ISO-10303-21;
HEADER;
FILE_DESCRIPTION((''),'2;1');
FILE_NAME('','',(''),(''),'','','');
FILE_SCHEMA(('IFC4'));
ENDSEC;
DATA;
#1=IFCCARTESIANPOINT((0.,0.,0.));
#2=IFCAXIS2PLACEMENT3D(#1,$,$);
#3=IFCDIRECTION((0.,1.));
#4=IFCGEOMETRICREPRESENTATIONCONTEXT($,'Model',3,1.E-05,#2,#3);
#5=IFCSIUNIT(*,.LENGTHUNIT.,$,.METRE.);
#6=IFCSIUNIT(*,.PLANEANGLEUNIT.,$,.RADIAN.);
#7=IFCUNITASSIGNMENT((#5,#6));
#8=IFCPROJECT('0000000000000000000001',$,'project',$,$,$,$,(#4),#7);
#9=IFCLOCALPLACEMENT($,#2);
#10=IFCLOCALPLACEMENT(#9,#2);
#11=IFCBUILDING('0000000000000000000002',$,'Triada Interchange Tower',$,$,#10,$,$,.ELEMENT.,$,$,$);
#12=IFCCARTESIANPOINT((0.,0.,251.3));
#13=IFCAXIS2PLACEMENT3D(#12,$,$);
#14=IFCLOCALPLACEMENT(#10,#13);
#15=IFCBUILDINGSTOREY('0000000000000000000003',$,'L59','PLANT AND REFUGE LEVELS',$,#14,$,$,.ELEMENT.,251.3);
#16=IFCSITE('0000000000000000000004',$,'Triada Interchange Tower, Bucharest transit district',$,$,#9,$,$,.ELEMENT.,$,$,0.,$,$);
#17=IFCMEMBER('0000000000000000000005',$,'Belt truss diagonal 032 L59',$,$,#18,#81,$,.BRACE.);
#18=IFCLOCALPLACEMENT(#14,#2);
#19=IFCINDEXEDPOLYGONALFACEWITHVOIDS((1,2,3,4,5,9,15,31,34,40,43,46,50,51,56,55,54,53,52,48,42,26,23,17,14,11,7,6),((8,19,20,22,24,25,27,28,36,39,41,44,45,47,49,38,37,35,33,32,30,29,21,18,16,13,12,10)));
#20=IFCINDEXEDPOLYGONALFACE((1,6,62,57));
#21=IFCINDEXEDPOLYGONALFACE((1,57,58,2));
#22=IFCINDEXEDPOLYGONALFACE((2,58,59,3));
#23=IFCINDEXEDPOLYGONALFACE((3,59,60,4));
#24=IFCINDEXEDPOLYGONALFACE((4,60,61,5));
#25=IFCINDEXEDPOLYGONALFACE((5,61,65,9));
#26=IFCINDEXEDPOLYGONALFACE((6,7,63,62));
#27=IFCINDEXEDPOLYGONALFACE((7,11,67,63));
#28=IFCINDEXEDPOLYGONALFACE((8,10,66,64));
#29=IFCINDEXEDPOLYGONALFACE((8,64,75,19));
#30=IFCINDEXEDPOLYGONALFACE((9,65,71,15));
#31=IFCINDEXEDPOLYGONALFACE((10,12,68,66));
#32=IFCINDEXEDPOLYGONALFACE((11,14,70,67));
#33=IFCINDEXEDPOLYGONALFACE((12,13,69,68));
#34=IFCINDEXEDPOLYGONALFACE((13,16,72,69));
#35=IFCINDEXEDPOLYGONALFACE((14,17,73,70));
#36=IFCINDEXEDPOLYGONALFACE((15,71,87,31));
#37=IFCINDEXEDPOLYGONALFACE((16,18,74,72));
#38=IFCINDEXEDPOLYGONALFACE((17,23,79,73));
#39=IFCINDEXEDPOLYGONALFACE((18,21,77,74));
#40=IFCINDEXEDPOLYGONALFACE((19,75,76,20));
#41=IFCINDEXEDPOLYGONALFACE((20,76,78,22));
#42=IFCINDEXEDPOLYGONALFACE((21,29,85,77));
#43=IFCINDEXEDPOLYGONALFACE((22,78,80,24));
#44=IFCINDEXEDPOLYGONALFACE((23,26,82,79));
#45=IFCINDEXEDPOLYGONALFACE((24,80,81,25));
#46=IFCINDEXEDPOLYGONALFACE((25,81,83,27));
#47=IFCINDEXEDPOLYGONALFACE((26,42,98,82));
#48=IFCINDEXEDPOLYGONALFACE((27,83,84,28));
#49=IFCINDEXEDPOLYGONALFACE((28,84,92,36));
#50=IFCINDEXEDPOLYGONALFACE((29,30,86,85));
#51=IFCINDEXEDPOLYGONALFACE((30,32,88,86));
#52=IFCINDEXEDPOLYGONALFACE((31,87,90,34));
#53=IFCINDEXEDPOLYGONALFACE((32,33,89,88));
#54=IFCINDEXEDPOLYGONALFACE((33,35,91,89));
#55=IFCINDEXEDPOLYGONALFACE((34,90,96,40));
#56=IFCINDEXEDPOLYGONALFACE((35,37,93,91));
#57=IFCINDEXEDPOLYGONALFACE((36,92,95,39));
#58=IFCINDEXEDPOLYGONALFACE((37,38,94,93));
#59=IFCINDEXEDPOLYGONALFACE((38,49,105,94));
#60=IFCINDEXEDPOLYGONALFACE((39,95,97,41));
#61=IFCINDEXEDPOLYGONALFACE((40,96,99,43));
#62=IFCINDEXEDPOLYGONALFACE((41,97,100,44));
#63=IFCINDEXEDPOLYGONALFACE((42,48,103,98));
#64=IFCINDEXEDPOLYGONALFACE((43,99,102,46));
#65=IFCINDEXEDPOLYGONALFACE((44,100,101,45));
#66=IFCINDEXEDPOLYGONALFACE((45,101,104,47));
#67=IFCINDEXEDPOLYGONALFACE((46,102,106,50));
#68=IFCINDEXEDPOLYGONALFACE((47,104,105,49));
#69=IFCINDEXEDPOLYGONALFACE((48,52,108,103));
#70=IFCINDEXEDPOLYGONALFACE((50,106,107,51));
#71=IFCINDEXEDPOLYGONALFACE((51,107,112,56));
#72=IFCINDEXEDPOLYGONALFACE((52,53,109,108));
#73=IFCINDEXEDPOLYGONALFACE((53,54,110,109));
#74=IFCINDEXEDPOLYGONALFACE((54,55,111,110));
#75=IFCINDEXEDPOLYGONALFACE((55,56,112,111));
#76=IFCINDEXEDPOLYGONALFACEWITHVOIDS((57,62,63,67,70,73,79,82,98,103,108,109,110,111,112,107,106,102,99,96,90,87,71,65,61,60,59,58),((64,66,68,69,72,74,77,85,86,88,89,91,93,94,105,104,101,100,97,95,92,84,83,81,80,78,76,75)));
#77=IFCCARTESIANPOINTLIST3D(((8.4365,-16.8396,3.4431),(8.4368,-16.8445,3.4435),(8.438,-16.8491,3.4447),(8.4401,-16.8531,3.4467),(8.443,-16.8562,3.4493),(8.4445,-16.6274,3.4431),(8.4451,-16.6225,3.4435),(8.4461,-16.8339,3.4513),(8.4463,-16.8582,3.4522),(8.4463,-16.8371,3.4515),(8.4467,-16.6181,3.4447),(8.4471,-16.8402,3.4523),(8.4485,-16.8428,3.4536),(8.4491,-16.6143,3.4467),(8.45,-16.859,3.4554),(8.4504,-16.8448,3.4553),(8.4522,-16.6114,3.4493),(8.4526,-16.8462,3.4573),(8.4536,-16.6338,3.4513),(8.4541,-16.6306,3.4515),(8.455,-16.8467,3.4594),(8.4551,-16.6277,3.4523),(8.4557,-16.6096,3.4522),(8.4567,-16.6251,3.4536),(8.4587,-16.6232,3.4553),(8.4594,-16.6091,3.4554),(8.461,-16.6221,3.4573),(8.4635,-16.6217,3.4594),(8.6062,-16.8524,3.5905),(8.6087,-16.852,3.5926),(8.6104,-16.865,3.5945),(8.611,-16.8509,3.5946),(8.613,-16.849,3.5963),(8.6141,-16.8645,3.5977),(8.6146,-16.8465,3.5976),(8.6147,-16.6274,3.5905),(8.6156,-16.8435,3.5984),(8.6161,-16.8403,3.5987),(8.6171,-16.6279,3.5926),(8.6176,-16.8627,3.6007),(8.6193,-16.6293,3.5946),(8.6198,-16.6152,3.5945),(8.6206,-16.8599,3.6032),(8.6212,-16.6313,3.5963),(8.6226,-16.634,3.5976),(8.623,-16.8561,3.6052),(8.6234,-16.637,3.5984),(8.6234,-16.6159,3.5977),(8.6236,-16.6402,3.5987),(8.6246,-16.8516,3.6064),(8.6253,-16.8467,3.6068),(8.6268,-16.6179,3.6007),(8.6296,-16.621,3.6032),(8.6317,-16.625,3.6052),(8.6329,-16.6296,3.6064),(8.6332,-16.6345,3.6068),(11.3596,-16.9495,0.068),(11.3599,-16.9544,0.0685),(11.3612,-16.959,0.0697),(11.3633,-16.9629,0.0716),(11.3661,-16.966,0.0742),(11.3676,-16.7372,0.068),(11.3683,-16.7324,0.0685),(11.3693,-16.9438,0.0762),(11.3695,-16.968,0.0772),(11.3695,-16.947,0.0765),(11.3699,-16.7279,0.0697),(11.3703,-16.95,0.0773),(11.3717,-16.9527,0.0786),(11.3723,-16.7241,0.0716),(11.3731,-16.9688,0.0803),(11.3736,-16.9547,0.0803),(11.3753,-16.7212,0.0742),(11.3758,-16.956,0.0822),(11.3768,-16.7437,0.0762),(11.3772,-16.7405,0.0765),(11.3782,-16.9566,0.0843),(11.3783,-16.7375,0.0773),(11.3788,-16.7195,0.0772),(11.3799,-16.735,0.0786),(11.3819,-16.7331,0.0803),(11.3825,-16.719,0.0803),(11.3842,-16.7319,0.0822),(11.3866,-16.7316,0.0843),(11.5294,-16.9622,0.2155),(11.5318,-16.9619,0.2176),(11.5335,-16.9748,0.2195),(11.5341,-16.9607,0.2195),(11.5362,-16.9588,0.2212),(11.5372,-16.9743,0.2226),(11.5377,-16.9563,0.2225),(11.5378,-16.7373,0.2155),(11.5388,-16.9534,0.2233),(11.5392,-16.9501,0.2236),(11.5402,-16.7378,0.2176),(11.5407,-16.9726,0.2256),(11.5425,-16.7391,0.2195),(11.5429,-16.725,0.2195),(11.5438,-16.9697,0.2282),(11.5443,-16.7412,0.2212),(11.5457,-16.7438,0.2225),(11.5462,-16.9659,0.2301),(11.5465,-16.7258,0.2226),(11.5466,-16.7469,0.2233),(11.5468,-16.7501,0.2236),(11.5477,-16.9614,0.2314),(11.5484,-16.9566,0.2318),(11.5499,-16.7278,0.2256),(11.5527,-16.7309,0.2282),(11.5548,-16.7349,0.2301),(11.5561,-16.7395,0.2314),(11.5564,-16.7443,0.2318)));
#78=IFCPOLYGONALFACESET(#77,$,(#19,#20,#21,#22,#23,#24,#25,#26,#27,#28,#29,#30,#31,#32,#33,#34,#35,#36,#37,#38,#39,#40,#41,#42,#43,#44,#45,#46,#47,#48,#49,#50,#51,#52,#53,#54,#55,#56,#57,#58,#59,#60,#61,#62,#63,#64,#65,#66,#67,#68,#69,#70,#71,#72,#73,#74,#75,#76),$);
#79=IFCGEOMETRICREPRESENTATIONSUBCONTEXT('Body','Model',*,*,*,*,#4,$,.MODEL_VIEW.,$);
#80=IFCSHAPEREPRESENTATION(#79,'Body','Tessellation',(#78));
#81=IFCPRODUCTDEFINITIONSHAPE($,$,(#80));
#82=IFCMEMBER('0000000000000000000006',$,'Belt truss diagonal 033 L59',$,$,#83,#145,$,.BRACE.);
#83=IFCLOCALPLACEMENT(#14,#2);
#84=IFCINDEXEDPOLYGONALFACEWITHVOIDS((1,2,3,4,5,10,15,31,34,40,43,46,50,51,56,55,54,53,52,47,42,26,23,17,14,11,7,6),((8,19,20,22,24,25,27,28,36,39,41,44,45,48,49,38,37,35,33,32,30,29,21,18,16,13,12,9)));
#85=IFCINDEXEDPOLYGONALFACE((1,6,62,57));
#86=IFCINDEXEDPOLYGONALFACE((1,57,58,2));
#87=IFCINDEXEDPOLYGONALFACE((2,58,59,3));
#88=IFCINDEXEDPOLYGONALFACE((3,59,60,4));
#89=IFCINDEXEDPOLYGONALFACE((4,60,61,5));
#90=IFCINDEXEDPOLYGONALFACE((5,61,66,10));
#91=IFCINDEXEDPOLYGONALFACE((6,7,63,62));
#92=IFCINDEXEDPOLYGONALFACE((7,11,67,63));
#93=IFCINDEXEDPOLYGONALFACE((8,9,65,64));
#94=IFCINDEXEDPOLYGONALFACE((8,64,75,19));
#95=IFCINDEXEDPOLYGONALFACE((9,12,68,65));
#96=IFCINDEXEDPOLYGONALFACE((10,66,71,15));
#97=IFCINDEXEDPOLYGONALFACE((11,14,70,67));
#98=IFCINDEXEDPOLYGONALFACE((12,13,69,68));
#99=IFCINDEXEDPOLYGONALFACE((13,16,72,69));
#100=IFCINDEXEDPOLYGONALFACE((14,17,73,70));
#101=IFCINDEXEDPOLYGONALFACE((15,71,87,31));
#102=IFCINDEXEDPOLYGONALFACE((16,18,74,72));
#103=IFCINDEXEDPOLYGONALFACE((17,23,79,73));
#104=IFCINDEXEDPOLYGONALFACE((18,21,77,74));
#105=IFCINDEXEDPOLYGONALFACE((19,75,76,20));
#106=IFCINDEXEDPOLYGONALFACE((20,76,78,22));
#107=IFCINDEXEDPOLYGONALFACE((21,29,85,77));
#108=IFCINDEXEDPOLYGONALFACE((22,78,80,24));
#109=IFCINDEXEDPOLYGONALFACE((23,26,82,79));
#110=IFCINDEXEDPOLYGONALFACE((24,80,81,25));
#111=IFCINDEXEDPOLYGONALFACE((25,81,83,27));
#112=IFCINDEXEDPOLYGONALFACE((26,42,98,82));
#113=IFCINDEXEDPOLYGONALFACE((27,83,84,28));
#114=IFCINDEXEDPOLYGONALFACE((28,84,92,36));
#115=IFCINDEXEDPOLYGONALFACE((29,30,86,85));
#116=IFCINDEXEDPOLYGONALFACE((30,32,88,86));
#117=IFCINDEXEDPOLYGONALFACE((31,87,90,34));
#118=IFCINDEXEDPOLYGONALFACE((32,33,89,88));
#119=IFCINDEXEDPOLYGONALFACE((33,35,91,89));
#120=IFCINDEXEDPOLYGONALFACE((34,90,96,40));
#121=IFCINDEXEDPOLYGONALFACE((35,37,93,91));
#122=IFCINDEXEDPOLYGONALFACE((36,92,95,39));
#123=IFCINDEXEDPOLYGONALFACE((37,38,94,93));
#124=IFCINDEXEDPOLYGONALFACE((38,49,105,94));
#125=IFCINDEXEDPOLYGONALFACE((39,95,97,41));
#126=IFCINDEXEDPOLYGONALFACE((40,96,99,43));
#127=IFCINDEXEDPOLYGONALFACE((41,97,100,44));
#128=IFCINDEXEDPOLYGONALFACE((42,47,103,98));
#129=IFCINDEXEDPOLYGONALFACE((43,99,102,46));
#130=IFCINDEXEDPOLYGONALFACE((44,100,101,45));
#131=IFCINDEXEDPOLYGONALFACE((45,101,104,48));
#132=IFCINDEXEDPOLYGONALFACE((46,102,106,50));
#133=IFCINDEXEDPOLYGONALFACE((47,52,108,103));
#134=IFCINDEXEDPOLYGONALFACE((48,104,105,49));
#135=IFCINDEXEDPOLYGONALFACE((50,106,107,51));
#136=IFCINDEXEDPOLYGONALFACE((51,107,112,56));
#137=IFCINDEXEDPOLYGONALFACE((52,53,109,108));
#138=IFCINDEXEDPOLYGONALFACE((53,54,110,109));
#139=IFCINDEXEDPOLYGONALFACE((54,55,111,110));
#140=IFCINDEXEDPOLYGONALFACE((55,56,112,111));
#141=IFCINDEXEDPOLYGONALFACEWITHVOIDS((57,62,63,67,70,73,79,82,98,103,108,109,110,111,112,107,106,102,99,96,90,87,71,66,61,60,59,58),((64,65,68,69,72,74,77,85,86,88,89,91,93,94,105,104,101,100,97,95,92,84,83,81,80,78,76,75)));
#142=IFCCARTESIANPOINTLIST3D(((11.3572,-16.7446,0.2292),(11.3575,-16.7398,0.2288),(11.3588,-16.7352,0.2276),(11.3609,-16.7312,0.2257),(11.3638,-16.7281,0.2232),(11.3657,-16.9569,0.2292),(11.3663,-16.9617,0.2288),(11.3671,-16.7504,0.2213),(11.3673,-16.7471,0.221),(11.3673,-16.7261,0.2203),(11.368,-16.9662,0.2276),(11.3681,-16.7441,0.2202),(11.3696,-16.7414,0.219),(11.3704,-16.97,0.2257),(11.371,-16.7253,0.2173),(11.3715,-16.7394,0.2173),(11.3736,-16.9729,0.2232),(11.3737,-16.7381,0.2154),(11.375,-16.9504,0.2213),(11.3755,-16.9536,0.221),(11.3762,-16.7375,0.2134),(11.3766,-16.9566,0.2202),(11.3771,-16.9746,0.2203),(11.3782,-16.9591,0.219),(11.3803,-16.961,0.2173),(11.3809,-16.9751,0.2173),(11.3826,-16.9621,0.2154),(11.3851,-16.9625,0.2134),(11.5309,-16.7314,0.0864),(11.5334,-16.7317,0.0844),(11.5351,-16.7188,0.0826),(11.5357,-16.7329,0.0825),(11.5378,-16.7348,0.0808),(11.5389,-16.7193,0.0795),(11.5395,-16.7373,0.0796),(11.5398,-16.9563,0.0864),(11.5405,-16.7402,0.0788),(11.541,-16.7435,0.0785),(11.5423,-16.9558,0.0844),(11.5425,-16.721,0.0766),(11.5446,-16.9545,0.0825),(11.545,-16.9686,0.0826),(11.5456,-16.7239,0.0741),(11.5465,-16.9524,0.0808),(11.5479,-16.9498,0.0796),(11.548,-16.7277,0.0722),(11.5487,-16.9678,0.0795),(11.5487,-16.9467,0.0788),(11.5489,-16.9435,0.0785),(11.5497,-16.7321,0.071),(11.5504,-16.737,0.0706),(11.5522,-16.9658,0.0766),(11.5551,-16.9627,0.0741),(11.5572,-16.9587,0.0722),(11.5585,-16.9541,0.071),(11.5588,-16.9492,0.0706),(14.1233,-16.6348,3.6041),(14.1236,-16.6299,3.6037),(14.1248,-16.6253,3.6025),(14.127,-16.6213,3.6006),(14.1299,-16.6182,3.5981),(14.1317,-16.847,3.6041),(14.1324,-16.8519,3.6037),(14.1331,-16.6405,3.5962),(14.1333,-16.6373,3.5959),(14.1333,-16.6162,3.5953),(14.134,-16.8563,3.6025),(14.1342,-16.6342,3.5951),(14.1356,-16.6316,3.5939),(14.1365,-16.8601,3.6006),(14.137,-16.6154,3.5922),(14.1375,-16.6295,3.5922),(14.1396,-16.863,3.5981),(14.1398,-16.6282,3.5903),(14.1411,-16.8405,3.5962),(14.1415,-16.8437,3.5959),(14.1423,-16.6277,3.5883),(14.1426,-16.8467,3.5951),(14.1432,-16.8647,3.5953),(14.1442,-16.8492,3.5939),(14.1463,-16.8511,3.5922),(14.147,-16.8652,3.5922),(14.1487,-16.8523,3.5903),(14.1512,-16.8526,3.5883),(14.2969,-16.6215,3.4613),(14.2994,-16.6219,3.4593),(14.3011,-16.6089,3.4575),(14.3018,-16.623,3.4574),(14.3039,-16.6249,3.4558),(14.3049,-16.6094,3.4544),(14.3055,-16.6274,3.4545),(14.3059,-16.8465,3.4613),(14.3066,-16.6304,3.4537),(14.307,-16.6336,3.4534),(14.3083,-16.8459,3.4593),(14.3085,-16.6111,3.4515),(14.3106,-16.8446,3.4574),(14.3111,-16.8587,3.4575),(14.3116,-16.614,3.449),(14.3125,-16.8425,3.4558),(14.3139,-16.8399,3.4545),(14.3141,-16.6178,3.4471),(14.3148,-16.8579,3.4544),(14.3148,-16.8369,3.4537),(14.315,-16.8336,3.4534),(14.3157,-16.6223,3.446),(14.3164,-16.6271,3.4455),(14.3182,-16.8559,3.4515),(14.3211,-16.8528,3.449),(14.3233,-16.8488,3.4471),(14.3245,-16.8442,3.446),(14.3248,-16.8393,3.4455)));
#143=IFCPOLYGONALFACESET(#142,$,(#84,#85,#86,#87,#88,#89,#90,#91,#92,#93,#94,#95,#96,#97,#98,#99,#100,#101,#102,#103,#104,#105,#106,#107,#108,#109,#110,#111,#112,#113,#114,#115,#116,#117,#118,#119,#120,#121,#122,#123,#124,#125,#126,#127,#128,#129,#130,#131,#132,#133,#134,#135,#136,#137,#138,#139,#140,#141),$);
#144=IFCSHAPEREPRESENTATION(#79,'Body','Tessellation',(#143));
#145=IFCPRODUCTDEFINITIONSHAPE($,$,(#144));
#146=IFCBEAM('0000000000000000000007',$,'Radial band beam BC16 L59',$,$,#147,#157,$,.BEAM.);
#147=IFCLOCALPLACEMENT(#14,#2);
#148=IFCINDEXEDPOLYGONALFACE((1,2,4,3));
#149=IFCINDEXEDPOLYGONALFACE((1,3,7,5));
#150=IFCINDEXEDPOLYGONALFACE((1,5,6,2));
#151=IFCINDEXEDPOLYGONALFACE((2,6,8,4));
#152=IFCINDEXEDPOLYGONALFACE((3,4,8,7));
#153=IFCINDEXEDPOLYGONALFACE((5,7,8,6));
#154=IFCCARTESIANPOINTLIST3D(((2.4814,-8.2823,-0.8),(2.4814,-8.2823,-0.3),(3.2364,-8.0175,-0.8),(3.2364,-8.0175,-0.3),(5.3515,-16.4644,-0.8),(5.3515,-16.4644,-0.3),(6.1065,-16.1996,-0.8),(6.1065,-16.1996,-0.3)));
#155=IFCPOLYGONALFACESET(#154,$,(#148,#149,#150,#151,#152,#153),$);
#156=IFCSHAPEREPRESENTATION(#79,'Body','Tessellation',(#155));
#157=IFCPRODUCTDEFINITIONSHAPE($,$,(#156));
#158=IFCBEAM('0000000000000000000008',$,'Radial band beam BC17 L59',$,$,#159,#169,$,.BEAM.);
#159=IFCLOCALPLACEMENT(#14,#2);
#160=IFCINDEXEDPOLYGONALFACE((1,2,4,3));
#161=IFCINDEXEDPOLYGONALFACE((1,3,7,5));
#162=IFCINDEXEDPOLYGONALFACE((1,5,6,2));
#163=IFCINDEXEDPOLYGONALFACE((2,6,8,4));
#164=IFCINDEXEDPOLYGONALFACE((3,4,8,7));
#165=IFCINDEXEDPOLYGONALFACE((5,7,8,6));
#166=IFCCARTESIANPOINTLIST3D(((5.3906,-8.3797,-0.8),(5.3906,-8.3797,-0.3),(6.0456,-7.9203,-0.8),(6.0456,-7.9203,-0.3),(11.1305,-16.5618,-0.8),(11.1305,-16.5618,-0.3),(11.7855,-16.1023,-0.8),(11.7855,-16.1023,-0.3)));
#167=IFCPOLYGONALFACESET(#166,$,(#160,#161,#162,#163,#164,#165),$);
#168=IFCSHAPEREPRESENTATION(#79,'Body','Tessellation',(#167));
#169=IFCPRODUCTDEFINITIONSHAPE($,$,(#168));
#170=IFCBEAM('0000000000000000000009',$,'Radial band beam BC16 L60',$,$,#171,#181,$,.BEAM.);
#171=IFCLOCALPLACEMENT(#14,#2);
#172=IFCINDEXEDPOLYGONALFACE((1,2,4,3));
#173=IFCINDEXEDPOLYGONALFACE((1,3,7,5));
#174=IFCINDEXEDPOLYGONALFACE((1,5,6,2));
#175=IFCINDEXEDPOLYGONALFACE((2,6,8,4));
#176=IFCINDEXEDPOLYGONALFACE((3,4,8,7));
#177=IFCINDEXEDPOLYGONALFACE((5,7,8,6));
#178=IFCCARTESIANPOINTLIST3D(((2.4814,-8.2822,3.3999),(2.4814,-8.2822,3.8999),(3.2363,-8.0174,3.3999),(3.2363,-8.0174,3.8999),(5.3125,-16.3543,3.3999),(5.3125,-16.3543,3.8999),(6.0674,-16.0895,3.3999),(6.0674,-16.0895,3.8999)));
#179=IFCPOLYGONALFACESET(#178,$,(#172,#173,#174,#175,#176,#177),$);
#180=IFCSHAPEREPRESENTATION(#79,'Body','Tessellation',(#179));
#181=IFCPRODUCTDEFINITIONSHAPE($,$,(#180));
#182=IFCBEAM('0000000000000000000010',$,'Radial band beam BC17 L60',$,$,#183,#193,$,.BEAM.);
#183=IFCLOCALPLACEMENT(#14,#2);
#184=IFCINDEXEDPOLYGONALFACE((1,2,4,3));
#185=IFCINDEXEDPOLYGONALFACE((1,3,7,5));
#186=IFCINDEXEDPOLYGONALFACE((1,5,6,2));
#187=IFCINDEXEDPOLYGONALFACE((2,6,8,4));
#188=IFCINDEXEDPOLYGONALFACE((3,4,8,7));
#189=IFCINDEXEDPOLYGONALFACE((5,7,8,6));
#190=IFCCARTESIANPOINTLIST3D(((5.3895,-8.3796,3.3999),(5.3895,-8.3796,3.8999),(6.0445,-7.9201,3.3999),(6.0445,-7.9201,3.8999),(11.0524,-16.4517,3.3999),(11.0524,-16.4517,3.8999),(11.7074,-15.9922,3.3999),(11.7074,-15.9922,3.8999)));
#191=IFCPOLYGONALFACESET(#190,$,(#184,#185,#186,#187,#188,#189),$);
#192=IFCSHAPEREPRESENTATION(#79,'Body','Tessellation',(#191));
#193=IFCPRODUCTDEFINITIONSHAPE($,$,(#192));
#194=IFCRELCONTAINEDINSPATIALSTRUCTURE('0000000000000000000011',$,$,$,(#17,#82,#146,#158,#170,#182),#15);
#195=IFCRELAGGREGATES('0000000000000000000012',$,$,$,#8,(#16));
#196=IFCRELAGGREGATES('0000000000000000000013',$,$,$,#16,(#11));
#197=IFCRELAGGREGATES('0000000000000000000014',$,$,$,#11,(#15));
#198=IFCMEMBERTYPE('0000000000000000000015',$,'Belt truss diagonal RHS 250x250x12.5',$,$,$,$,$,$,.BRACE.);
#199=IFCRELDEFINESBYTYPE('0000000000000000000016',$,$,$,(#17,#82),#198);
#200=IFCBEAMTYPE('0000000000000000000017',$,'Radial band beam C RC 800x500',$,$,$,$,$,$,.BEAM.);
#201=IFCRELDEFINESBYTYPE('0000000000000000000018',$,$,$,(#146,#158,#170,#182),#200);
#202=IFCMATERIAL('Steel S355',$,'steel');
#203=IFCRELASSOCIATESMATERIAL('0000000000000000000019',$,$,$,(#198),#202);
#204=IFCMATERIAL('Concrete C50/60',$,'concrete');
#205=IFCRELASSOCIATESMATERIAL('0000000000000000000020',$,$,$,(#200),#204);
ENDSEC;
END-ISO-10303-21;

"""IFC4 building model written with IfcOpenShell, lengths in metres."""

from ifc_helpers import new_model, si_unit, direction, frame, origin, origin_2d, place, context, subcontext, project, spatial, rectangle, hollow_rectangle, extrude, material, material_profile, profile_set, type_object, element, save


model = new_model("IFC4")

# Units and contexts
model_context = context("Model", 3, precision=1e-05, world=origin(), true_north=direction((0.0, 1.0)))
body_context = subcontext(model_context, "Body", "Model", "MODEL_VIEW")
ifc_project = project(units=[si_unit("LENGTHUNIT", "METRE"), si_unit("PLANEANGLEUNIT", "RADIAN")], contexts=[model_context])

# Site, building, storey
site_placement = place(None, origin())
site = spatial("IfcSite", under=ifc_project, at=site_placement, Name="Triada Interchange Tower, Bucharest transit district", CompositionType="ELEMENT", RefElevation=0.0)
building_placement = place(site_placement, origin())
building = spatial("IfcBuilding", under=site, at=building_placement, Name="Triada Interchange Tower", CompositionType="ELEMENT")
storey_placement = place(building_placement, frame((0.0, 0.0, 251.3)))
storey = spatial("IfcBuildingStorey", under=building, at=storey_placement, Name="L59", Description="PLANT AND REFUGE LEVELS", CompositionType="ELEMENT", Elevation=251.3)

# Shared definitions
ifc_material_1 = material(Name="Concrete C50/60", Category="concrete")

# Members
ifc_material_2 = material(Name="Steel S355", Category="steel")
ifc_material_profile_1 = material_profile(ifc_material_2, hollow_rectangle(XDim=0.25, YDim=0.25, WallThickness=0.0125, InnerFilletRadius=0.0125, OuterFilletRadius=0.0188, at=origin_2d()), Name="RHS 250x250x12.5")
ifc_profile_set_1 = profile_set([ifc_material_profile_1], Name="Steel S355")
member_type = type_object("IfcMemberType", Name="Belt truss diagonal RHS 250x250x12.5", PredefinedType="BRACE", material=ifc_profile_set_1)
member_1_placement = place(storey_placement, frame((11.458, -16.8469, 0.1499), z_axis=(-0.654489, 0.024599, 0.755671), x_axis=(-0.037558, -0.999294, 0.0)))
element("IfcMember", 1, at=member_1_placement, inside=storey, type_object=member_type, Name="Belt truss diagonal 032 L59", PredefinedType="BRACE", context=body_context, shape_type="SweptSolid", body=[
    extrude(hollow_rectangle(XDim=0.25, YDim=0.25, WallThickness=0.0125, InnerFilletRadius=0.0125, OuterFilletRadius=0.0188, at=origin_2d()), origin(), (0.0, 0.0, 1.0), 4.4663),
])
member_2_placement = place(storey_placement, frame((11.458, -16.8469, 0.1499), z_axis=(0.633689, 0.025169, 0.773179), x_axis=(-0.039686, 0.999212, 0.0)))
element("IfcMember", 2, at=member_2_placement, inside=storey, type_object=member_type, Name="Belt truss diagonal 033 L59", PredefinedType="BRACE", context=body_context, shape_type="SweptSolid", body=[
    extrude(hollow_rectangle(XDim=0.25, YDim=0.25, WallThickness=0.0125, InnerFilletRadius=0.0125, OuterFilletRadius=0.0188, at=origin_2d()), origin(), (0.0, 0.0, 1.0), 4.365),
])

# Beams
ifc_material_profile_2 = material_profile(ifc_material_1, rectangle(XDim=0.8, YDim=0.5, at=origin_2d()), Name="RC 800x500")
ifc_profile_set_2 = profile_set([ifc_material_profile_2], Name="Concrete C50/60")
beam_type_1 = type_object("IfcBeamType", Name="Radial band beam C RC 800x500", PredefinedType="BEAM", material=ifc_profile_set_2)
beam_1_placement = place(storey_placement, frame((5.729, -16.332, -0.55), z_axis=(-0.331005, 0.943629, 0.0), x_axis=(-0.943629, -0.331005, 0.0)))
element("IfcBeam", 3, at=beam_1_placement, inside=storey, type_object=beam_type_1, Name="Radial band beam BC16 L59", PredefinedType="BEAM", context=body_context, shape_type="SweptSolid", body=[
    extrude(rectangle(XDim=0.8, YDim=0.5, at=origin_2d()), origin(), (0.0, 0.0, 1.0), 8.6709),
])
beam_2_placement = place(storey_placement, frame((11.458, -16.332, -0.55), z_axis=(-0.574301, 0.818644, 0.0), x_axis=(-0.818644, -0.574301, 0.0)))
element("IfcBeam", 4, at=beam_2_placement, inside=storey, type_object=beam_type_1, Name="Radial band beam BC17 L59", PredefinedType="BEAM", context=body_context, shape_type="SweptSolid", body=[
    extrude(rectangle(XDim=0.8, YDim=0.5, at=origin_2d()), origin(), (0.0, 0.0, 1.0), 9.9946),
])
beam_3_placement = place(storey_placement, frame((5.6899, -16.2219, 3.6499), z_axis=(-0.330959, 0.943645, 0.0), x_axis=(-0.943645, -0.330959, 0.0)))
element("IfcBeam", 5, at=beam_3_placement, inside=storey, type_object=beam_type_1, Name="Radial band beam BC16 L60", PredefinedType="BEAM", context=body_context, shape_type="SweptSolid", body=[
    extrude(rectangle(XDim=0.8, YDim=0.5, at=origin_2d()), origin(), (0.0, 0.0, 1.0), 8.5542),
])
beam_4_placement = place(storey_placement, frame((11.3799, -16.2219, 3.6499), z_axis=(-0.574308, 0.818639, 0.0), x_axis=(-0.818639, -0.574308, 0.0)))
element("IfcBeam", 6, at=beam_4_placement, inside=storey, type_object=beam_type_1, Name="Radial band beam BC17 L60", PredefinedType="BEAM", context=body_context, shape_type="SweptSolid", body=[
    extrude(rectangle(XDim=0.8, YDim=0.5, at=origin_2d()), origin(), (0.0, 0.0, 1.0), 9.8604),
])

save(model, "model.ifc")
